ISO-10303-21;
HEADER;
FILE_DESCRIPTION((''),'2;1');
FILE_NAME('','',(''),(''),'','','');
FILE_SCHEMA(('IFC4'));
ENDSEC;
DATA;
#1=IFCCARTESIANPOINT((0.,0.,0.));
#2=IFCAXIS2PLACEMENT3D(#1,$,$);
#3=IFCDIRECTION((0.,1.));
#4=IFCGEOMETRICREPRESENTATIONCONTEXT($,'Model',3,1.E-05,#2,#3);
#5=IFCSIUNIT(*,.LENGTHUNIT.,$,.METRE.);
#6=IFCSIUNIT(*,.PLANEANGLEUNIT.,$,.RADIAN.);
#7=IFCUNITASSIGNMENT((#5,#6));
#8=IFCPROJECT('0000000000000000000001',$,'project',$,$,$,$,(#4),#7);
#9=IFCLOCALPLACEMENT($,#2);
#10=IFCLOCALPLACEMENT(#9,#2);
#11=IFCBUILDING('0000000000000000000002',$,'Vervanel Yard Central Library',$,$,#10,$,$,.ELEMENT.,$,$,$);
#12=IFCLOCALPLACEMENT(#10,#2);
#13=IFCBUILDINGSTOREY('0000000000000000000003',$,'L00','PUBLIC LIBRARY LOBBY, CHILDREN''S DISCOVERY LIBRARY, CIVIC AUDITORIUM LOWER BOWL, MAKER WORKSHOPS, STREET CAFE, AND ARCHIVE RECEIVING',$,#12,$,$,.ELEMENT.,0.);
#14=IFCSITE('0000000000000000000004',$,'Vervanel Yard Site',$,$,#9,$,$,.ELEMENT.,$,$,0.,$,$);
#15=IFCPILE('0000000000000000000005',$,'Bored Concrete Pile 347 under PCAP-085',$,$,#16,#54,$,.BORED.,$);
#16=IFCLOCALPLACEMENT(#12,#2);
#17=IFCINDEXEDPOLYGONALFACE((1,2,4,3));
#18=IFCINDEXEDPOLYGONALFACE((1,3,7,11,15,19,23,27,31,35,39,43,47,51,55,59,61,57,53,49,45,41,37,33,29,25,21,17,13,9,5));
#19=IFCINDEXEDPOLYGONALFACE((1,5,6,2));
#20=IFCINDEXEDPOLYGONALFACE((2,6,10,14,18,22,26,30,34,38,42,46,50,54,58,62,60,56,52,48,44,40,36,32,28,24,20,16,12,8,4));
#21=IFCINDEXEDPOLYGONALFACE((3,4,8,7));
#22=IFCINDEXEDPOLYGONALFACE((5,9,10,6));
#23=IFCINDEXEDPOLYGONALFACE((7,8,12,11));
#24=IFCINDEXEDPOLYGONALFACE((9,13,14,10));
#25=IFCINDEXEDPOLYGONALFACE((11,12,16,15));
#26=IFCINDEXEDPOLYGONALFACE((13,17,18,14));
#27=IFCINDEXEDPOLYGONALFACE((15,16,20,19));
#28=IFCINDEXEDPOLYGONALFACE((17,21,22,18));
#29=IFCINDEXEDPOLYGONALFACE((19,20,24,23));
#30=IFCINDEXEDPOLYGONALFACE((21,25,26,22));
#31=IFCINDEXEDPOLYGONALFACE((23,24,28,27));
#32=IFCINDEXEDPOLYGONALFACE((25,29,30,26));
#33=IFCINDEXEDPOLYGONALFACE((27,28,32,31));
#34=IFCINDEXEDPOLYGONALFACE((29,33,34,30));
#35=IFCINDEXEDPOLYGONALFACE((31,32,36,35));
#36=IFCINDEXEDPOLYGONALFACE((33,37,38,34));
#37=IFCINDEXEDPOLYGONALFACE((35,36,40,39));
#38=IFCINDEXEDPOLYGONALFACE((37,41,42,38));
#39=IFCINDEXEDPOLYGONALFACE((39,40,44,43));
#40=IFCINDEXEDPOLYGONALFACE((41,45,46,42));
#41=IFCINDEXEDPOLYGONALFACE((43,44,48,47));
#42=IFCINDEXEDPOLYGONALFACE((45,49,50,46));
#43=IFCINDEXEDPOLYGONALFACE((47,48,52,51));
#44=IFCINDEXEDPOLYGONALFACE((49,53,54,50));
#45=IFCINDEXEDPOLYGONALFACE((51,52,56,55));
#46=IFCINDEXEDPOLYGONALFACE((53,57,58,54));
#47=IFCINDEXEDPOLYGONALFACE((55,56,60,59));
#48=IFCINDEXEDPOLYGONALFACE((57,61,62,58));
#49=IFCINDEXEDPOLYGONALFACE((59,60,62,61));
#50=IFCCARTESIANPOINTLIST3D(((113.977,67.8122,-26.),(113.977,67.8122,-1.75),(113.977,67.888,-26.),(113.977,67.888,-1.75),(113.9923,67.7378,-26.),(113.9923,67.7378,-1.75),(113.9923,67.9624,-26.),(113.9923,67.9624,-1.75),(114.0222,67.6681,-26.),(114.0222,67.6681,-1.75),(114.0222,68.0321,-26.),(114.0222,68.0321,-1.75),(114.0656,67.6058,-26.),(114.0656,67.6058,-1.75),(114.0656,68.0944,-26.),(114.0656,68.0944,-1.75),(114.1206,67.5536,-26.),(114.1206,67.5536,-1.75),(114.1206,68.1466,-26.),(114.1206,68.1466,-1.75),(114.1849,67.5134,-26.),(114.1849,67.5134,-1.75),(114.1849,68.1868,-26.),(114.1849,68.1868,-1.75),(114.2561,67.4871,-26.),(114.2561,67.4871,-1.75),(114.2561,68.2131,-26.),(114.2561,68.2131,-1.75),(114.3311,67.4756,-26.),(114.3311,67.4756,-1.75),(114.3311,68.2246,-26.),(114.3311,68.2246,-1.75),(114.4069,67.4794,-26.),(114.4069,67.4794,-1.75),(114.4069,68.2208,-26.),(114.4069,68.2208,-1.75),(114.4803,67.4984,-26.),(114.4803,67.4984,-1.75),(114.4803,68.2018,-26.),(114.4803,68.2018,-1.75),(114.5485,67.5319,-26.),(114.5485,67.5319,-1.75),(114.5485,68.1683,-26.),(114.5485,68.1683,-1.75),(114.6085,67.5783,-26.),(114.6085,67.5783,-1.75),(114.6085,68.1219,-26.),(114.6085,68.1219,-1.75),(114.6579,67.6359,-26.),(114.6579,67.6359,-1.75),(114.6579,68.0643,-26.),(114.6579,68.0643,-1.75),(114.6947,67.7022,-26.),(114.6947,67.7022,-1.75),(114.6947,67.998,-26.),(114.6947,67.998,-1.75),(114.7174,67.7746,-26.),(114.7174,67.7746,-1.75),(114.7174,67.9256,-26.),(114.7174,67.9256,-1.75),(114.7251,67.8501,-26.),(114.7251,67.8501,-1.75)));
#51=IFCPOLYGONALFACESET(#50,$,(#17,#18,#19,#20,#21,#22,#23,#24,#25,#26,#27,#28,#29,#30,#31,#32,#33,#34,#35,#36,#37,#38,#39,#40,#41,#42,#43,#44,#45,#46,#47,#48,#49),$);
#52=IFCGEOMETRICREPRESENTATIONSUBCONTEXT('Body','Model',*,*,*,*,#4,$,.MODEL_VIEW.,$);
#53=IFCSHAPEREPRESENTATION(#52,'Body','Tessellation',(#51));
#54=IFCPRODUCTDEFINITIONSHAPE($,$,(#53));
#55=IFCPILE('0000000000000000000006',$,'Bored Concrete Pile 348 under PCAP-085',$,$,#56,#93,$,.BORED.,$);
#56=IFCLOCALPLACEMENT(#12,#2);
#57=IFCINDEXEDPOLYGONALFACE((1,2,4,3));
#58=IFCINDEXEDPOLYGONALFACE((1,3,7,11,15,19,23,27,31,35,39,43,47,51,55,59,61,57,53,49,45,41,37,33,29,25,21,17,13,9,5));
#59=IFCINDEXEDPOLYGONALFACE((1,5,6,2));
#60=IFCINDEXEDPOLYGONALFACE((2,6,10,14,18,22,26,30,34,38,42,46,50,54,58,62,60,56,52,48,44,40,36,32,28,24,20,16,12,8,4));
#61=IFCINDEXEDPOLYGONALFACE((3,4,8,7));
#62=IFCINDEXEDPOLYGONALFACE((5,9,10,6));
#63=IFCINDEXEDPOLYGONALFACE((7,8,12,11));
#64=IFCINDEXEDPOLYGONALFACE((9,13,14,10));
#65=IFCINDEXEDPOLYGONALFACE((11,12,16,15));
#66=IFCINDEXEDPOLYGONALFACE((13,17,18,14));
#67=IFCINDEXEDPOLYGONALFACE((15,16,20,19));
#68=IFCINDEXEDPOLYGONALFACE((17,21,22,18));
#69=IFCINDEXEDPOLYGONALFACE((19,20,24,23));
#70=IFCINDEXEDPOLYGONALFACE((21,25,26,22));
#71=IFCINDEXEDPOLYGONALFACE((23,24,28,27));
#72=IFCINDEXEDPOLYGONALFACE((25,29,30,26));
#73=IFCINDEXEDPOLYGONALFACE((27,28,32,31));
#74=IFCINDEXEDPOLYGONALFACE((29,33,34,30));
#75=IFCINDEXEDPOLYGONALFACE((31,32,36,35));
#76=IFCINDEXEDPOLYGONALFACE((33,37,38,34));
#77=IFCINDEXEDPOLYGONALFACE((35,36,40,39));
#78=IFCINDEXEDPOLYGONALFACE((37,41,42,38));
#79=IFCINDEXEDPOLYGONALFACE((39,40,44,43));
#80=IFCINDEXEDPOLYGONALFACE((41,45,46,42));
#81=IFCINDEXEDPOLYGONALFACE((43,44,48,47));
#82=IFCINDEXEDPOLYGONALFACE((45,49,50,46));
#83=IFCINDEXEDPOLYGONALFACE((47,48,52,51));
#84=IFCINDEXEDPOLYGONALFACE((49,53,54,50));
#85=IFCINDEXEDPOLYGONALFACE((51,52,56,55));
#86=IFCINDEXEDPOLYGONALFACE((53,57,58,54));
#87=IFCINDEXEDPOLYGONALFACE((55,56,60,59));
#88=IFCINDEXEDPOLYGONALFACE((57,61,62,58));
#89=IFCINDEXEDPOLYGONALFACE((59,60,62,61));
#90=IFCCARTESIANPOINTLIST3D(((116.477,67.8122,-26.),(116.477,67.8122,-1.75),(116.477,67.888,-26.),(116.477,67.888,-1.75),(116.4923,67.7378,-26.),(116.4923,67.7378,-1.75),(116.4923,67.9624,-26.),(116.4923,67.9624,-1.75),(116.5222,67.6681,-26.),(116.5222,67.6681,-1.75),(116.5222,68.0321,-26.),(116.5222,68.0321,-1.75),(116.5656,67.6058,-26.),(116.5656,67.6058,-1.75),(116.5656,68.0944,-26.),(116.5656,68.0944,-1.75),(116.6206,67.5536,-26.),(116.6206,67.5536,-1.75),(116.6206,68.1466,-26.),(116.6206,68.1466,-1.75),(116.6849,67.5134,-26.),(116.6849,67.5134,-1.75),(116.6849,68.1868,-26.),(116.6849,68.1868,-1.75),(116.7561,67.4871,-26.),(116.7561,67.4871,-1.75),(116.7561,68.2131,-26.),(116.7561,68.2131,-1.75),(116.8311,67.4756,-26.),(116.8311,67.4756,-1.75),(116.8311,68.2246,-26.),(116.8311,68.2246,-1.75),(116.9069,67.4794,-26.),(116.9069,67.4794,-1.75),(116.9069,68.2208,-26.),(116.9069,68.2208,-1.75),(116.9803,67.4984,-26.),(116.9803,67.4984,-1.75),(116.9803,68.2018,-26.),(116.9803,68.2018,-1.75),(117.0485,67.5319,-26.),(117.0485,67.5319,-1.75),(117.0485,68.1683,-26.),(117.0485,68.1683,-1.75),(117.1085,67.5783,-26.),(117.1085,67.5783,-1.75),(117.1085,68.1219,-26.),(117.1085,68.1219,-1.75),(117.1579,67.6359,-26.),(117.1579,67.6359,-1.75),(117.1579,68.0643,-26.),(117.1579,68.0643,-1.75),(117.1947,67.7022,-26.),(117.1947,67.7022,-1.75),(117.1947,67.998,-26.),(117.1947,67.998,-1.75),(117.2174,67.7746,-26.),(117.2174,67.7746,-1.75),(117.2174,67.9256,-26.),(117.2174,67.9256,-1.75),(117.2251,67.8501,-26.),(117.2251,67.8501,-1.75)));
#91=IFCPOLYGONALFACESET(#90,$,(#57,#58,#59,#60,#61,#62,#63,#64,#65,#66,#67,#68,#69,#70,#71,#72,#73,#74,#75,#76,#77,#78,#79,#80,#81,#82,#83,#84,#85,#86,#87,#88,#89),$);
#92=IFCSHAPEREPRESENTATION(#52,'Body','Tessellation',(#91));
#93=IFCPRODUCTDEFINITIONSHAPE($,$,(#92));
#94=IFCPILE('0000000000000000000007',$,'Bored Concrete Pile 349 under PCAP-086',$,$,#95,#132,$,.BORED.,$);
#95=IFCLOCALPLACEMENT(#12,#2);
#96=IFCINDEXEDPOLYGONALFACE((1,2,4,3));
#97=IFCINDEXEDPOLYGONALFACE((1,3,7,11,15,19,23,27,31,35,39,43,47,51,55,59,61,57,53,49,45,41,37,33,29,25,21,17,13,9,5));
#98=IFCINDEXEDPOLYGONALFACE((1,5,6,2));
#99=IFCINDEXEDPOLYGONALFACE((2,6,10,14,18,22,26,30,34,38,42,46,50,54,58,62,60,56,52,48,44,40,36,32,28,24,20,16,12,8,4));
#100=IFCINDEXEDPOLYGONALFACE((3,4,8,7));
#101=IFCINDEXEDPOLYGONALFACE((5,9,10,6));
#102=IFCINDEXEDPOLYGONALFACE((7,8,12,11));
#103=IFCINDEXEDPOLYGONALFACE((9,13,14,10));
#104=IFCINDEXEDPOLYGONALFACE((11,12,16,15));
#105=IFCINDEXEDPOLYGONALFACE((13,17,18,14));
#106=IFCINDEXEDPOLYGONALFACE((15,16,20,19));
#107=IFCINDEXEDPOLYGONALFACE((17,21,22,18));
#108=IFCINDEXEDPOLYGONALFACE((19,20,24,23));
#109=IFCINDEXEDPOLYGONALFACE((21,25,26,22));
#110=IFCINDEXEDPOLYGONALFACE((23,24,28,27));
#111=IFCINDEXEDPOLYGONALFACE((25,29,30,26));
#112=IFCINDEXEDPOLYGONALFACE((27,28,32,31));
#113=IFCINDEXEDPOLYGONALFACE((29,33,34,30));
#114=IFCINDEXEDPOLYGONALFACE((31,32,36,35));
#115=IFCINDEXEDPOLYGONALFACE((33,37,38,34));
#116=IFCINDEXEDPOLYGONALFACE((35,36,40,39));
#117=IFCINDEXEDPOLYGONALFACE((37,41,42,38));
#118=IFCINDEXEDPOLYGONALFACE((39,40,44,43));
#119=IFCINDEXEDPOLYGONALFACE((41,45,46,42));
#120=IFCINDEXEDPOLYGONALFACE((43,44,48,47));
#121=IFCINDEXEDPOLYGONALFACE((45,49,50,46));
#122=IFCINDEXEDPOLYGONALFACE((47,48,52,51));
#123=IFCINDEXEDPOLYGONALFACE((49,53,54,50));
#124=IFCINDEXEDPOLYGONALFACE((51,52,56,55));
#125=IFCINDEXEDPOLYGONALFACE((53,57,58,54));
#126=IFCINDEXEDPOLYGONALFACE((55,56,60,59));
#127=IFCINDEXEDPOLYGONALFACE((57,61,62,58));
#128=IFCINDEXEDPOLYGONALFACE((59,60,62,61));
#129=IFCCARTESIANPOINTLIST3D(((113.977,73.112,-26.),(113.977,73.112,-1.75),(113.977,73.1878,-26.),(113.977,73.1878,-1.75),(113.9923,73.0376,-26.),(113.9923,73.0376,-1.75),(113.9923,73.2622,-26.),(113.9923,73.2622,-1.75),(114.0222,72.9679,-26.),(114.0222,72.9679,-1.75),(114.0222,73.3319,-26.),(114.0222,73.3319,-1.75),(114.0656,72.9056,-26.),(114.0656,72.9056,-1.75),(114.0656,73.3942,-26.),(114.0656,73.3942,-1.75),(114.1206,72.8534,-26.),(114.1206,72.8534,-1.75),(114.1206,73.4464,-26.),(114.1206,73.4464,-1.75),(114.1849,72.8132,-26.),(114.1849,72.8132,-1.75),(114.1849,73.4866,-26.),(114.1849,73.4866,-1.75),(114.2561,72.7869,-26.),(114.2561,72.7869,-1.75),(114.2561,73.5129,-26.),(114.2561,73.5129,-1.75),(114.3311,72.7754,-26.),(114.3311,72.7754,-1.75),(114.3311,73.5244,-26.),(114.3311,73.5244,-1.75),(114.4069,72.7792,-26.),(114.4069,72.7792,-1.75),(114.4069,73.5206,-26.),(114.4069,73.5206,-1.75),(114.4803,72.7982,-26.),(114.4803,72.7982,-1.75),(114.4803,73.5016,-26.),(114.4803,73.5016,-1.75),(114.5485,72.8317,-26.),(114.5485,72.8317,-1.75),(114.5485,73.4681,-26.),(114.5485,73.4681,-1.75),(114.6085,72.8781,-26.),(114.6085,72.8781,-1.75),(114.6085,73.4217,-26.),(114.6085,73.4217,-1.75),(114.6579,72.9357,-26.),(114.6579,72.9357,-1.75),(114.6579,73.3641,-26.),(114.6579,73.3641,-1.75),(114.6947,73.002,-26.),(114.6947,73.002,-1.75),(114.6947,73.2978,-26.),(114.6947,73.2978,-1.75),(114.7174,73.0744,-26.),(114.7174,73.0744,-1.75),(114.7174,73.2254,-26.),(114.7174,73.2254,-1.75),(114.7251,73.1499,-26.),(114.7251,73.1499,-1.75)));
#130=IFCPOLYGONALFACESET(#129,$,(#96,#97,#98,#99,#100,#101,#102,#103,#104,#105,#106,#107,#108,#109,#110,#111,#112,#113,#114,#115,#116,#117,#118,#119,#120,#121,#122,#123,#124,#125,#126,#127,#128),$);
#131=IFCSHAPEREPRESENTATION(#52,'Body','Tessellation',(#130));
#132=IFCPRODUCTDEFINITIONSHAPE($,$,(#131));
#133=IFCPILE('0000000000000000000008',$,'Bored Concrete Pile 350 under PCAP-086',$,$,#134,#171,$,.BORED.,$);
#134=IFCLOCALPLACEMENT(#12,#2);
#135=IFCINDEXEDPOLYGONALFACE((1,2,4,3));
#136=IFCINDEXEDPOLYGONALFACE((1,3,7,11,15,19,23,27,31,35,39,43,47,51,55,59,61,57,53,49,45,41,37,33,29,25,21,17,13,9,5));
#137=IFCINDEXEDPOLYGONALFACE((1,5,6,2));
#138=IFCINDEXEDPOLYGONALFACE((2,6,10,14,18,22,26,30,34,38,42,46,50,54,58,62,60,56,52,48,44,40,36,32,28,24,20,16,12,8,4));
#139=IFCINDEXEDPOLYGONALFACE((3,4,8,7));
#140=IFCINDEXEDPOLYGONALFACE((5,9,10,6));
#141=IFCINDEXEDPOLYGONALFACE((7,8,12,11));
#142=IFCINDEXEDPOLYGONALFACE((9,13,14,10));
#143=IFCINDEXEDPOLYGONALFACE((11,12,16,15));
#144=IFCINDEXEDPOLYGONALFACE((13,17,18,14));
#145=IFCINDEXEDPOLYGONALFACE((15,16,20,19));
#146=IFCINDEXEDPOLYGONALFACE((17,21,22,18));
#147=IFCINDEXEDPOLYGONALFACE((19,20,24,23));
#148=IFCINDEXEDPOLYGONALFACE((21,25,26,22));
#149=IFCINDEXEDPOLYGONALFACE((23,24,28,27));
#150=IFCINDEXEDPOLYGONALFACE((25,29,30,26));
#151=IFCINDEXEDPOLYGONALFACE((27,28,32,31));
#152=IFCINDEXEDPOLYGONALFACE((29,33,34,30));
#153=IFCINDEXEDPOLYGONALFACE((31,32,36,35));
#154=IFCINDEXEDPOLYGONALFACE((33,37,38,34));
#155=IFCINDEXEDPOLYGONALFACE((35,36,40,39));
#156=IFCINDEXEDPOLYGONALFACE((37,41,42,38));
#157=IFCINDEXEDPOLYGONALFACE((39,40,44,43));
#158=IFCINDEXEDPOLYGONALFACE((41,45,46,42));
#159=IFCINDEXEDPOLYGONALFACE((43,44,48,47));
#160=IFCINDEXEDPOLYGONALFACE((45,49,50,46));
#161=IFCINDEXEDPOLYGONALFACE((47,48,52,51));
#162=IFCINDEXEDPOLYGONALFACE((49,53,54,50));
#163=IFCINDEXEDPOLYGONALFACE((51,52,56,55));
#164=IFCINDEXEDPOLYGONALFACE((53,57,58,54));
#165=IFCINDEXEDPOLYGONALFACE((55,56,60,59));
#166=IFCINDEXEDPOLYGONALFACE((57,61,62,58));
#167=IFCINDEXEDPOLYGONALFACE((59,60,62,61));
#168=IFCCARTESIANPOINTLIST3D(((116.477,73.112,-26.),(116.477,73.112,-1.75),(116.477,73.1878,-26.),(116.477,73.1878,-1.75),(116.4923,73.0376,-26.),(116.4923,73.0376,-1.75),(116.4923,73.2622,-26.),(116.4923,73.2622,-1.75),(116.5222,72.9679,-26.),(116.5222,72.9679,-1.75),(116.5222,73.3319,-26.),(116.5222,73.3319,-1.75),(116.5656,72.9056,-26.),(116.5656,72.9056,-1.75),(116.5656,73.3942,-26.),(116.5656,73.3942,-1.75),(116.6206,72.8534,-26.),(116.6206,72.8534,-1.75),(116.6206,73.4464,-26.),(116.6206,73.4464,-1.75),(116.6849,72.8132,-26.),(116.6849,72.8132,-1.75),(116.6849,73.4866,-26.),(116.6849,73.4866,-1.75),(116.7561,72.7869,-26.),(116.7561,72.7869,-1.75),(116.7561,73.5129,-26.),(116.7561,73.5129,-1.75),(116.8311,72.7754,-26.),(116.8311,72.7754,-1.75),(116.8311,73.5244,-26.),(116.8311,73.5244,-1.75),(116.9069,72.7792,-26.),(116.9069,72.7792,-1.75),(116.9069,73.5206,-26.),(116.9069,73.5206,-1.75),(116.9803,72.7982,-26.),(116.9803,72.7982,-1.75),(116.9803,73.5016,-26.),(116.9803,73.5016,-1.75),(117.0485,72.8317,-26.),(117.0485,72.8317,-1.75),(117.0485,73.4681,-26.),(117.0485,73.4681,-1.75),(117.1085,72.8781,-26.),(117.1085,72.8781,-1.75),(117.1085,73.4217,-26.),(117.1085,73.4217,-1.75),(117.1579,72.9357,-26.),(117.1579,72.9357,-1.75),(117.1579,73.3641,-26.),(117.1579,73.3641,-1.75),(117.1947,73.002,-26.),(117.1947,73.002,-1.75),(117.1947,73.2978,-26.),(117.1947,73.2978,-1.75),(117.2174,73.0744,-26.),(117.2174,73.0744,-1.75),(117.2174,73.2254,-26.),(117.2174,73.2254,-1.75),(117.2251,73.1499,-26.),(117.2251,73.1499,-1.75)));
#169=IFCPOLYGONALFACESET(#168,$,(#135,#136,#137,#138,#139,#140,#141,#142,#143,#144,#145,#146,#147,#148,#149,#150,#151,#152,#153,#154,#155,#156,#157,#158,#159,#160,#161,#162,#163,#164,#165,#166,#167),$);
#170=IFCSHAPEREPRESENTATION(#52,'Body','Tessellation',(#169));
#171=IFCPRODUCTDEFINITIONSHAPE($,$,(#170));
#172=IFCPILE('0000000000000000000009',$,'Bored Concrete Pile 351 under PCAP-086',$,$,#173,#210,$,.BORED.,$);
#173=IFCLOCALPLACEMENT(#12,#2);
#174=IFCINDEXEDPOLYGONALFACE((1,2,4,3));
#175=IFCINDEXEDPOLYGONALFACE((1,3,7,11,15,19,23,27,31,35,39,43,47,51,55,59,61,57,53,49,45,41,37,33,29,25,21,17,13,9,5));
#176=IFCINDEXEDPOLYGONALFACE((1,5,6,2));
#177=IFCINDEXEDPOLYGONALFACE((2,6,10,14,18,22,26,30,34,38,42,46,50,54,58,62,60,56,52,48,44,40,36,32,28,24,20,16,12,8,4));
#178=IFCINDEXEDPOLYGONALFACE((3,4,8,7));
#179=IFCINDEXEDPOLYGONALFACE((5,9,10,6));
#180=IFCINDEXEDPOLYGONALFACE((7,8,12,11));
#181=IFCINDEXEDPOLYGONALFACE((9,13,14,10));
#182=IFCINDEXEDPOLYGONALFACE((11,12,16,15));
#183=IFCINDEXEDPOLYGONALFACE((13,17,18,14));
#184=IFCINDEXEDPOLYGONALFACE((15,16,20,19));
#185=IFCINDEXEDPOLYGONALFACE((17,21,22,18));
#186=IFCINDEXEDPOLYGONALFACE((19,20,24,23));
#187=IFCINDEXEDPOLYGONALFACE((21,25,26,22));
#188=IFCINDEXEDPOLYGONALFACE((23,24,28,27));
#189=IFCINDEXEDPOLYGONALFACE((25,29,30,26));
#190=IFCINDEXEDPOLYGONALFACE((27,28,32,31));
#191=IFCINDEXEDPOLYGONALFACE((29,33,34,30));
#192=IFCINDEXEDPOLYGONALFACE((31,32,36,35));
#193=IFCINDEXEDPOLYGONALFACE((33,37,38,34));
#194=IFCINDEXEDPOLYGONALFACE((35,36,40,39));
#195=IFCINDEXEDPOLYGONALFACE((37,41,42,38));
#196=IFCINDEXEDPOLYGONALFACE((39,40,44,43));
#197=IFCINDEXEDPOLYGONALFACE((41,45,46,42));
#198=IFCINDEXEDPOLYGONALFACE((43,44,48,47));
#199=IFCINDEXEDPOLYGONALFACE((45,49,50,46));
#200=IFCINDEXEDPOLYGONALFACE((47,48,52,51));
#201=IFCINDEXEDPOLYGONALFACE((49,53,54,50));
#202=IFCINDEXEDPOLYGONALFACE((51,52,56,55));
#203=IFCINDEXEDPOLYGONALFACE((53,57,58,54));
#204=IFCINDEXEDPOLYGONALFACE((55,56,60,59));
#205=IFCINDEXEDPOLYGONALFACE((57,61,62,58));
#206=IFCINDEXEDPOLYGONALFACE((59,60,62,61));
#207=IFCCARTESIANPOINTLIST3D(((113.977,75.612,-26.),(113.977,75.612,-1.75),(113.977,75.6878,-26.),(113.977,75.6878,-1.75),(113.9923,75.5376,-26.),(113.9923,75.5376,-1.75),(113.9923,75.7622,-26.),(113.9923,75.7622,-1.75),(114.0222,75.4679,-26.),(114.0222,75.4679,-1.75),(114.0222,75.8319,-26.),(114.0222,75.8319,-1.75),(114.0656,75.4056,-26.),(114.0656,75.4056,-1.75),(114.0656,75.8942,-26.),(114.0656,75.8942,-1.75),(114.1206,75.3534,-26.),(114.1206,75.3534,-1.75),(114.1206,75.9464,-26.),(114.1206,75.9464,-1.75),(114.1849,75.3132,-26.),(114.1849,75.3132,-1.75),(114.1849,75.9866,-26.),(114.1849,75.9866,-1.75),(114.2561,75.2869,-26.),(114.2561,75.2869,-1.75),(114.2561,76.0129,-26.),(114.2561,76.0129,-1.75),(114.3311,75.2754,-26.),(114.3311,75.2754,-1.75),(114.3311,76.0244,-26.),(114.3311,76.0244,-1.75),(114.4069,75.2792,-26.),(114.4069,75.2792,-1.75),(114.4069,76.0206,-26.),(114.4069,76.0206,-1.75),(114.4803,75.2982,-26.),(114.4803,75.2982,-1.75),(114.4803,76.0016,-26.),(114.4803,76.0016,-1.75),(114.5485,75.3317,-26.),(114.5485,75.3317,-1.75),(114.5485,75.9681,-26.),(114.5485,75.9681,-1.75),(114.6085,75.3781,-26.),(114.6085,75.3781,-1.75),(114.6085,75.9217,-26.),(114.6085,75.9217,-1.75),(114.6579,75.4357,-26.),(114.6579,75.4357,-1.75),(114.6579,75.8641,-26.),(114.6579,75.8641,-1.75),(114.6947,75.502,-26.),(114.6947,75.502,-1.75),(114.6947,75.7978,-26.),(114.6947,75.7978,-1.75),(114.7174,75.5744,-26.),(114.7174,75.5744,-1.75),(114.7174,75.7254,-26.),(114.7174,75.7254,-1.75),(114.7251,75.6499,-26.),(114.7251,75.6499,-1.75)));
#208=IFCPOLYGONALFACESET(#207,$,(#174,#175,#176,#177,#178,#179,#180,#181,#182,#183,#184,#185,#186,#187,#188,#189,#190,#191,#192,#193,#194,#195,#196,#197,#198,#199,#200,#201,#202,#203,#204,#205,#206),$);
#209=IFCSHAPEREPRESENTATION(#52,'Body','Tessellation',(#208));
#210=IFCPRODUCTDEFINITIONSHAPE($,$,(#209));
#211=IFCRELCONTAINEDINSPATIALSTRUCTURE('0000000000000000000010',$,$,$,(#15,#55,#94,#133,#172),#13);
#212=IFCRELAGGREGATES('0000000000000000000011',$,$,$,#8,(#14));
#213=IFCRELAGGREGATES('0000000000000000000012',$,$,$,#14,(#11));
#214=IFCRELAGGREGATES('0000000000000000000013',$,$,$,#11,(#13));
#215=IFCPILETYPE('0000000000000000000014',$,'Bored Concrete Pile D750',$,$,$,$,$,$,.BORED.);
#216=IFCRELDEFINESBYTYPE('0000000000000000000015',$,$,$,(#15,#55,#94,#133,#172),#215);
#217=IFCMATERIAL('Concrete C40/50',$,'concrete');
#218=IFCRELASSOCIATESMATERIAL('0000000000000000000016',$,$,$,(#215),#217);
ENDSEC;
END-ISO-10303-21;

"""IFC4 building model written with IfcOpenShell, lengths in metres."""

from ifc_helpers import new_model, si_unit, direction, frame, origin, origin_2d, place, context, subcontext, project, spatial, circle, extrude, material, material_profile, profile_set, type_object, element, save


model = new_model("IFC4")

# Units and contexts
model_context = context("Model", 3, precision=1e-05, world=origin(), true_north=direction((0.0, 1.0)))
body_context = subcontext(model_context, "Body", "Model", "MODEL_VIEW")
ifc_project = project(units=[si_unit("LENGTHUNIT", "METRE"), si_unit("PLANEANGLEUNIT", "RADIAN")], contexts=[model_context])

# Site, building, storey
site_placement = place(None, origin())
site = spatial("IfcSite", under=ifc_project, at=site_placement, Name="Vervanel Yard Site", CompositionType="ELEMENT", RefElevation=0.0)
building_placement = place(site_placement, origin())
building = spatial("IfcBuilding", under=site, at=building_placement, Name="Vervanel Yard Central Library", CompositionType="ELEMENT")
storey_placement = place(building_placement, origin())
storey = spatial("IfcBuildingStorey", under=building, at=storey_placement, Name="L00", Description="PUBLIC LIBRARY LOBBY, CHILDREN'S DISCOVERY LIBRARY, CIVIC AUDITORIUM LOWER BOWL, MAKER WORKSHOPS, STREET CAFE, AND ARCHIVE RECEIVING", CompositionType="ELEMENT", Elevation=0.0)

# Piles
ifc_material_1 = material(Name="Concrete C40/50", Category="concrete")
ifc_material_profile_1 = material_profile(ifc_material_1, circle(Radius=0.375, at=origin_2d()), Name="BP D750", Category="concrete")
ifc_profile_set_1 = profile_set([ifc_material_profile_1], Name="Concrete C40/50")
pile_type = type_object("IfcPileType", Name="Bored Concrete Pile D750", PredefinedType="BORED", material=ifc_profile_set_1)
for number, where, z_axis, x_axis, name in (
    (1, (114.3501, 67.8501, -1.75), (0.0, 0.0, -1.0), (1.0, 0.0, 0.0), "Bored Concrete Pile 347 under PCAP-085"),
    (2, (116.8501, 67.8501, -1.75), (0.0, 0.0, -1.0), (1.0, 0.0, 0.0), "Bored Concrete Pile 348 under PCAP-085"),
    (3, (114.3501, 73.1499, -1.75), (0.0, 0.0, -1.0), (1.0, 0.0, 0.0), "Bored Concrete Pile 349 under PCAP-086"),
    (4, (116.8501, 73.1499, -1.75), (0.0, 0.0, -1.0), (1.0, 0.0, 0.0), "Bored Concrete Pile 350 under PCAP-086"),
    (5, (114.3501, 75.6499, -1.75), (0.0, 0.0, -1.0), (1.0, 0.0, 0.0), "Bored Concrete Pile 351 under PCAP-086"),
):
    element("IfcPile", number, at=place(storey_placement, frame(where, z_axis=z_axis, x_axis=x_axis)), inside=storey, type_object=pile_type, Name=name, PredefinedType="BORED", context=body_context, shape_type="SweptSolid", body=[
        extrude(circle(Radius=0.375, at=origin_2d()), origin(), (0.0, 0.0, 1.0), 24.25),
    ])

save(model, "model.ifc")
